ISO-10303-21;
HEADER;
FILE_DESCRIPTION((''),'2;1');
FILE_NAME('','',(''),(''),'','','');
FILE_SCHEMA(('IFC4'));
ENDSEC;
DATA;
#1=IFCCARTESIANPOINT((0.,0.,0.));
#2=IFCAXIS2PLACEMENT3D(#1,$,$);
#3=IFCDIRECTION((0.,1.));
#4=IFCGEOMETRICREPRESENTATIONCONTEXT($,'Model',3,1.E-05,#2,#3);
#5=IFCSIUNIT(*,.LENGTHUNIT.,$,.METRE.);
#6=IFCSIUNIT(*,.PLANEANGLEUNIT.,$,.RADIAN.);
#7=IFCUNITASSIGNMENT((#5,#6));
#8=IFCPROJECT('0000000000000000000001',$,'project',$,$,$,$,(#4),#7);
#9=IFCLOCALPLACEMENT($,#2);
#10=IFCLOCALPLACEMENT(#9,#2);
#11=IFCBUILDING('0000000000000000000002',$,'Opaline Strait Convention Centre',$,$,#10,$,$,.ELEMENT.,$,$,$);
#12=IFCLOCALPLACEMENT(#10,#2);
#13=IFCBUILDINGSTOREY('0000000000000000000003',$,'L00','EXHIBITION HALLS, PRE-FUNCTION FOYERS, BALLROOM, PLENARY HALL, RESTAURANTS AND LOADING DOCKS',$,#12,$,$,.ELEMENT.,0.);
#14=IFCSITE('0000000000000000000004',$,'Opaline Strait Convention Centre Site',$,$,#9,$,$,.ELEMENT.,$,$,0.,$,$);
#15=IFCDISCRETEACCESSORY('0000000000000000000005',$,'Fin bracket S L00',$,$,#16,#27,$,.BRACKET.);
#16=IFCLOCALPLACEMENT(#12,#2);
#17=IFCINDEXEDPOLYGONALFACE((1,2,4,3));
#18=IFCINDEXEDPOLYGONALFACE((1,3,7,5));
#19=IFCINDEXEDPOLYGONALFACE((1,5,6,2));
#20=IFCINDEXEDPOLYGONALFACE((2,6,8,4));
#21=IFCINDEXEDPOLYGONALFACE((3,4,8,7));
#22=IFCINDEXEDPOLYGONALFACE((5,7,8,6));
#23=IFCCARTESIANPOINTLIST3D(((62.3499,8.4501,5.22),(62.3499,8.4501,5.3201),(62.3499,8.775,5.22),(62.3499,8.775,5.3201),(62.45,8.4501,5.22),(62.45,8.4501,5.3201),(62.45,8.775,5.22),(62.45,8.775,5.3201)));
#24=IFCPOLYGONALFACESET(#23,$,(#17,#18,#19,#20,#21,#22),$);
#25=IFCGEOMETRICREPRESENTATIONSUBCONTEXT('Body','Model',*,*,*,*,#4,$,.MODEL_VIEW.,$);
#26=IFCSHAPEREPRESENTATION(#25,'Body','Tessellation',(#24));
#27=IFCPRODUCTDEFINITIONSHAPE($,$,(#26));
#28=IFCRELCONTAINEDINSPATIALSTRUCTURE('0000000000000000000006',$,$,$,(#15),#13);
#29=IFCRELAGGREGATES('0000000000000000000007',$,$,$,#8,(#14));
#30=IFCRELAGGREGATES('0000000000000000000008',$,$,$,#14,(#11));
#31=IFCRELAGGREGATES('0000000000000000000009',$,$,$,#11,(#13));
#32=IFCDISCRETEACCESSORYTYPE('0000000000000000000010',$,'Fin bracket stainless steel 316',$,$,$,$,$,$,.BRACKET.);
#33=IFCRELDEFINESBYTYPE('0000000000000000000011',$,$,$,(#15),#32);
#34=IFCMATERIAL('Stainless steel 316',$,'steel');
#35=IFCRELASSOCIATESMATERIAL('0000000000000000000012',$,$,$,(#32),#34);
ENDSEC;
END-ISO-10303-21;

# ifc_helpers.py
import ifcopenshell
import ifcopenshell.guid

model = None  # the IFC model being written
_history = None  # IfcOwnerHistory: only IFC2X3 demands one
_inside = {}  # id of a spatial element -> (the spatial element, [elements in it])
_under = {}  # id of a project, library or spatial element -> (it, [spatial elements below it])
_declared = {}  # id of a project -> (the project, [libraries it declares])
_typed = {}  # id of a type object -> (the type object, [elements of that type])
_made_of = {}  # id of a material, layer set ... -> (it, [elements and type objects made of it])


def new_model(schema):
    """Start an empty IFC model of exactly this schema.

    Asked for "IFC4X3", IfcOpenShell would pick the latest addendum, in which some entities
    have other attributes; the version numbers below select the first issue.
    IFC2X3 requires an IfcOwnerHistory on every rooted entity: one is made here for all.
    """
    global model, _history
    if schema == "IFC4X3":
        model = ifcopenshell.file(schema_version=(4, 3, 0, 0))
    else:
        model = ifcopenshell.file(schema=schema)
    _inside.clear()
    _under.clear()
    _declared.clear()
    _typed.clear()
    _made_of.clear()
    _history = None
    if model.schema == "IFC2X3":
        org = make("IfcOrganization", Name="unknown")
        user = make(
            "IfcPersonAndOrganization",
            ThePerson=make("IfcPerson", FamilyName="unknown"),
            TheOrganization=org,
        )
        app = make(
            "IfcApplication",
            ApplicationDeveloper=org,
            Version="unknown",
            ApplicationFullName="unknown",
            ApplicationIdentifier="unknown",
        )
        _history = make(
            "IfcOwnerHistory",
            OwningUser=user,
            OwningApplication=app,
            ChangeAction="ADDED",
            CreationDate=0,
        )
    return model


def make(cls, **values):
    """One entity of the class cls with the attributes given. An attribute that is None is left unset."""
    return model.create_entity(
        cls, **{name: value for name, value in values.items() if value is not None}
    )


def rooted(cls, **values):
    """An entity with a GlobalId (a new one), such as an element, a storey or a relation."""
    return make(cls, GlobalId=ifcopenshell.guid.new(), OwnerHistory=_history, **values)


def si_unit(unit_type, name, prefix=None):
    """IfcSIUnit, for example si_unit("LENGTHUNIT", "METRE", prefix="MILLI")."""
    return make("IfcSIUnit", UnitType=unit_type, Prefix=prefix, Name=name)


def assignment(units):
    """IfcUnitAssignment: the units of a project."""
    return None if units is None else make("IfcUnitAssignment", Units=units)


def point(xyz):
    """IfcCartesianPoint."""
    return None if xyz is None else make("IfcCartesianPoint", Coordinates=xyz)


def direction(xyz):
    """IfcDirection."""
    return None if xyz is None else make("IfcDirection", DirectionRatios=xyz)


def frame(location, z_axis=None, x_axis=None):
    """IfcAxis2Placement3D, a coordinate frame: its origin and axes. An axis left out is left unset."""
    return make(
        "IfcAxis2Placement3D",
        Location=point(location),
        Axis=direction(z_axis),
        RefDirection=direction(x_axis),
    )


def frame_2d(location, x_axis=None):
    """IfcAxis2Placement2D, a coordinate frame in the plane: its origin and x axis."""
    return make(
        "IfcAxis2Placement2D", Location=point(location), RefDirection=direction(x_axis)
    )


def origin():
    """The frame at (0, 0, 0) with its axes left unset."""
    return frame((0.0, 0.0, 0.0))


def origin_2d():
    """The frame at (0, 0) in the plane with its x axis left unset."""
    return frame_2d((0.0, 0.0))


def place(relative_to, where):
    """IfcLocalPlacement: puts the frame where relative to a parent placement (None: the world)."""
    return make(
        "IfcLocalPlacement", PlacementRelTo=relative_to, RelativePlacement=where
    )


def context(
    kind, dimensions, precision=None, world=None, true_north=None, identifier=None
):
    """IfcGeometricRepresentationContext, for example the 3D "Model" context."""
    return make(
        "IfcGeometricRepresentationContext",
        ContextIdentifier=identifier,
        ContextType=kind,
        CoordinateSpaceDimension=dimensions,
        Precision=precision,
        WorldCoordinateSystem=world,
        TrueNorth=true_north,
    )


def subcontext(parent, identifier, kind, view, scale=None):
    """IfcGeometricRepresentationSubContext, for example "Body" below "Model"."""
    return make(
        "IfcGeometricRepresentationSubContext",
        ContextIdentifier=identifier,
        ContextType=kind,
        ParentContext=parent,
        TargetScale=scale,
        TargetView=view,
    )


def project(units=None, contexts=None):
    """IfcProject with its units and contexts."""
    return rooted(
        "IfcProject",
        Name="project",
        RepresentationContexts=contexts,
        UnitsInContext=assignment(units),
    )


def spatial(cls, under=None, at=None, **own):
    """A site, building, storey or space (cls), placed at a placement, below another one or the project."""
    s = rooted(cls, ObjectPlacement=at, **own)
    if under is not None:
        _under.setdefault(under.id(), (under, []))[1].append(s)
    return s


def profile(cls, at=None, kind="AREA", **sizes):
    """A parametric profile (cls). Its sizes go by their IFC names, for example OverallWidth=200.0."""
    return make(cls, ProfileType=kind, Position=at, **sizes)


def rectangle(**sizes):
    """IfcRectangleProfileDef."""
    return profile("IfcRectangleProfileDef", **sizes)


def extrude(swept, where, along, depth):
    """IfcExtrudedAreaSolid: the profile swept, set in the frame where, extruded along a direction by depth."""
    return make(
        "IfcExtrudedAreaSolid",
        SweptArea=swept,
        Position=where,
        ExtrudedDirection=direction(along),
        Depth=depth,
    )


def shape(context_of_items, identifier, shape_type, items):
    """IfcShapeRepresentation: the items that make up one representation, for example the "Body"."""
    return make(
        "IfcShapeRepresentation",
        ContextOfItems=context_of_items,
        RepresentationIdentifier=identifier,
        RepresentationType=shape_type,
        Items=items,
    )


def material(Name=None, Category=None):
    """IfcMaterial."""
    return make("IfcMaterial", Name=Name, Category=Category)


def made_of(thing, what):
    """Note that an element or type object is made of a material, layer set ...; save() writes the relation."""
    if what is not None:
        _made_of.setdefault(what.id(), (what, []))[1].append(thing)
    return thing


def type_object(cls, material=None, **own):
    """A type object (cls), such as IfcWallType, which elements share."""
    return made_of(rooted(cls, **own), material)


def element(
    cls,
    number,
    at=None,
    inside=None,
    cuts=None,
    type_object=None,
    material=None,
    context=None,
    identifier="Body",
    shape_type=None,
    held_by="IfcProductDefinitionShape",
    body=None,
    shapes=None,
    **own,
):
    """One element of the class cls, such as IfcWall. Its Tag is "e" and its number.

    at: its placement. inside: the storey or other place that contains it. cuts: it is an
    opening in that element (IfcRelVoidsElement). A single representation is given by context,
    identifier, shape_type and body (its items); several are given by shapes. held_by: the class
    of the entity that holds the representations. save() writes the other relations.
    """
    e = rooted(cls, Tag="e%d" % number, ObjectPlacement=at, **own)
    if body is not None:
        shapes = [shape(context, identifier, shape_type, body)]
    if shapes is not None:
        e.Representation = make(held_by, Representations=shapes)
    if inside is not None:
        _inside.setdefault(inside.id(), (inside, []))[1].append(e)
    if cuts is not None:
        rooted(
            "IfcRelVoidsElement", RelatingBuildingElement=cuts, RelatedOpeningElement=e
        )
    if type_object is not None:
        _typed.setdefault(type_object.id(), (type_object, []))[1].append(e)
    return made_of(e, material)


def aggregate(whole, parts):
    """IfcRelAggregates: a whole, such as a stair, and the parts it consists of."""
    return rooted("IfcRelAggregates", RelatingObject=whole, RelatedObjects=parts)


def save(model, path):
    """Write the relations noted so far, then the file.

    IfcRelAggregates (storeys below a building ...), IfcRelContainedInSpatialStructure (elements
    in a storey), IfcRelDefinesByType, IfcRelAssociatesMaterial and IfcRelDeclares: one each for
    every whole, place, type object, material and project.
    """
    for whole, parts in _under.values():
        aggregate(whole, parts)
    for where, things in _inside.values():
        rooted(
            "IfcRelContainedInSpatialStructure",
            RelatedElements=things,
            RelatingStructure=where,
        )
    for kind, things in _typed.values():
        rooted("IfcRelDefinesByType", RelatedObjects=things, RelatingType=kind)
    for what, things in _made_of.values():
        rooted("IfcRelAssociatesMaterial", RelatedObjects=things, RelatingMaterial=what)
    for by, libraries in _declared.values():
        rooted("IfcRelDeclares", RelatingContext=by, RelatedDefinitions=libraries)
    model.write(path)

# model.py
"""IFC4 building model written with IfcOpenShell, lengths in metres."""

from ifc_helpers import new_model, si_unit, direction, frame, origin, origin_2d, place, context, subcontext, project, spatial, rectangle, extrude, material, type_object, element, save


model = new_model("IFC4")

# Units and contexts
model_context = context("Model", 3, precision=1e-05, world=origin(), true_north=direction((0.0, 1.0)))
body_context = subcontext(model_context, "Body", "Model", "MODEL_VIEW")
ifc_project = project(units=[si_unit("LENGTHUNIT", "METRE"), si_unit("PLANEANGLEUNIT", "RADIAN")], contexts=[model_context])

# Site, building, storey
site_placement = place(None, origin())
site = spatial("IfcSite", under=ifc_project, at=site_placement, Name="Opaline Strait Convention Centre Site", CompositionType="ELEMENT", RefElevation=0.0)
building_placement = place(site_placement, origin())
building = spatial("IfcBuilding", under=site, at=building_placement, Name="Opaline Strait Convention Centre", CompositionType="ELEMENT")
storey_placement = place(building_placement, origin())
storey = spatial("IfcBuildingStorey", under=building, at=storey_placement, Name="L00", Description="EXHIBITION HALLS, PRE-FUNCTION FOYERS, BALLROOM, PLENARY HALL, RESTAURANTS AND LOADING DOCKS", CompositionType="ELEMENT", Elevation=0.0)

# Discrete accessory
ifc_material_1 = material(Name="Stainless steel 316", Category="steel")
discrete_accessory_type = type_object("IfcDiscreteAccessoryType", Name="Fin bracket stainless steel 316", PredefinedType="BRACKET", material=ifc_material_1)
for number, where, z_axis, x_axis, name in (
    (1, (62.3999, 8.6125, 5.22), (0.0, 0.0, 1.0), (1.0, 0.0, 0.0), "Fin bracket S L00"),
):
    element("IfcDiscreteAccessory", number, at=place(storey_placement, frame(where, z_axis=z_axis, x_axis=x_axis)), inside=storey, type_object=discrete_accessory_type, Name=name, PredefinedType="BRACKET", context=body_context, shape_type="SweptSolid", body=[
        extrude(rectangle(XDim=0.1001, YDim=0.325, at=origin_2d()), origin(), (0.0, 0.0, 1.0), 0.1001),
    ])

save(model, "model.ifc")
